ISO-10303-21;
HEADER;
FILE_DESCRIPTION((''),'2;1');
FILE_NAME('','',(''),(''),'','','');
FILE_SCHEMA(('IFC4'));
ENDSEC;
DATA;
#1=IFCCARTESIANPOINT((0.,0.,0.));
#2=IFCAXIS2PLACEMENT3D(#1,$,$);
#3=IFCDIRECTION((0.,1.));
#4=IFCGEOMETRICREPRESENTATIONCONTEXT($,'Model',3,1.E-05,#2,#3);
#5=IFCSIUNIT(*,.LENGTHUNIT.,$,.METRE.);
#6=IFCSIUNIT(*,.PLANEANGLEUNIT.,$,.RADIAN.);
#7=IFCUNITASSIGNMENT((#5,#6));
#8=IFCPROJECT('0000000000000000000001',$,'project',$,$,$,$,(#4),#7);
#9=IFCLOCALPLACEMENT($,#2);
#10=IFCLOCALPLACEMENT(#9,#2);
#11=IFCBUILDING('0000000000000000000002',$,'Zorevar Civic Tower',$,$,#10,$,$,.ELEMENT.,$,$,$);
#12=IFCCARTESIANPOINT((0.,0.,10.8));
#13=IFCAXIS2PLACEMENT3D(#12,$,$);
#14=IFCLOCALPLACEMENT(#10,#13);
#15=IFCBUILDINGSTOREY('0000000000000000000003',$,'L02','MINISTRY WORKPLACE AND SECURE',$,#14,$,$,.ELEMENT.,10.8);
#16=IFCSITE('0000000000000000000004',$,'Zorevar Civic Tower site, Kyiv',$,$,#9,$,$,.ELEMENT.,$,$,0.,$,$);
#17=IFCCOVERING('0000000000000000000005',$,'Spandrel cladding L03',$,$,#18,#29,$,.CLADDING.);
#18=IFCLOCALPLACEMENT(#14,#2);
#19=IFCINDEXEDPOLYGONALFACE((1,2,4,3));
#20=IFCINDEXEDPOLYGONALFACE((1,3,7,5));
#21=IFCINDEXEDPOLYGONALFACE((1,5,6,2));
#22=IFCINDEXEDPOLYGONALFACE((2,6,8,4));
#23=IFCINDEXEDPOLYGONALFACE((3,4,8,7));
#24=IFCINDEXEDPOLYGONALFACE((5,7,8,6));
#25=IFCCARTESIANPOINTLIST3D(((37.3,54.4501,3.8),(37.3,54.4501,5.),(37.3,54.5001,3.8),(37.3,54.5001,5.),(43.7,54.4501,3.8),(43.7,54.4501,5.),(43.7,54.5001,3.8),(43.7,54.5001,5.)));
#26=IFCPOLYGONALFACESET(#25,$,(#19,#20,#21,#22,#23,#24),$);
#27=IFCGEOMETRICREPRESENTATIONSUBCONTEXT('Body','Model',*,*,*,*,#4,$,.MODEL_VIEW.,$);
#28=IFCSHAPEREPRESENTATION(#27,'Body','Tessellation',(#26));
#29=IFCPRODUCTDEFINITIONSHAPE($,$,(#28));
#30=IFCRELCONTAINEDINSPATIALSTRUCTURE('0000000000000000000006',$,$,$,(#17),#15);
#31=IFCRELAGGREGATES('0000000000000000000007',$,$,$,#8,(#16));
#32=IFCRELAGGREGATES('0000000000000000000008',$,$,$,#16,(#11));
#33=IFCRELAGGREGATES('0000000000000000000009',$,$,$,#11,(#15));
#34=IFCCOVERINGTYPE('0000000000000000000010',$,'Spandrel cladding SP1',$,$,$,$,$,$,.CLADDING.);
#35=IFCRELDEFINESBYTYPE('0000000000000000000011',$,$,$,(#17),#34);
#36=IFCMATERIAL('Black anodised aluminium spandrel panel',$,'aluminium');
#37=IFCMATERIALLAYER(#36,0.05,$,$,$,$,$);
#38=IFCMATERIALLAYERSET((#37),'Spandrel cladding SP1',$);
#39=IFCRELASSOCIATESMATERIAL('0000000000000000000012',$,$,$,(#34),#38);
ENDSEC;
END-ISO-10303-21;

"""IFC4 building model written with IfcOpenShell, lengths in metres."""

from ifc_helpers import new_model, si_unit, direction, frame, frame_2d, origin, place, context, subcontext, project, spatial, rectangle, extrude, material, layer, layer_set, type_object, element, save


model = new_model("IFC4")

# Units and contexts
model_context = context("Model", 3, precision=1e-05, world=origin(), true_north=direction((0.0, 1.0)))
body_context = subcontext(model_context, "Body", "Model", "MODEL_VIEW")
ifc_project = project(units=[si_unit("LENGTHUNIT", "METRE"), si_unit("PLANEANGLEUNIT", "RADIAN")], contexts=[model_context])

# Site, building, storey
site_placement = place(None, origin())
site = spatial("IfcSite", under=ifc_project, at=site_placement, Name="Zorevar Civic Tower site, Kyiv", CompositionType="ELEMENT", RefElevation=0.0)
building_placement = place(site_placement, origin())
building = spatial("IfcBuilding", under=site, at=building_placement, Name="Zorevar Civic Tower", CompositionType="ELEMENT")
storey_placement = place(building_placement, frame((0.0, 0.0, 10.8)))
storey = spatial("IfcBuildingStorey", under=building, at=storey_placement, Name="L02", Description="MINISTRY WORKPLACE AND SECURE", CompositionType="ELEMENT", Elevation=10.8)

# Covering
ifc_material_1 = material(Name="Black anodised aluminium spandrel panel", Category="aluminium")
ifc_layer_1 = layer(ifc_material_1, 0.05)
ifc_layer_set_1 = layer_set([ifc_layer_1], Name="Spandrel cladding SP1")
covering_type = type_object("IfcCoveringType", Name="Spandrel cladding SP1", PredefinedType="CLADDING", material=ifc_layer_set_1)
for number, where, z_axis, x_axis, name in (
    (1, (37.3, 54.4751, 3.8), (0.0, 0.0, 1.0), (1.0, 0.0, 0.0), "Spandrel cladding L03"),
):
    element("IfcCovering", number, at=place(storey_placement, frame(where, z_axis=z_axis, x_axis=x_axis)), inside=storey, type_object=covering_type, Name=name, PredefinedType="CLADDING", context=body_context, shape_type="SweptSolid", body=[
        extrude(rectangle(XDim=6.3999, YDim=0.05, at=frame_2d((3.2, 0.0))), origin(), (0.0, 0.0, 1.0), 1.2),
    ])

save(model, "model.ifc")
